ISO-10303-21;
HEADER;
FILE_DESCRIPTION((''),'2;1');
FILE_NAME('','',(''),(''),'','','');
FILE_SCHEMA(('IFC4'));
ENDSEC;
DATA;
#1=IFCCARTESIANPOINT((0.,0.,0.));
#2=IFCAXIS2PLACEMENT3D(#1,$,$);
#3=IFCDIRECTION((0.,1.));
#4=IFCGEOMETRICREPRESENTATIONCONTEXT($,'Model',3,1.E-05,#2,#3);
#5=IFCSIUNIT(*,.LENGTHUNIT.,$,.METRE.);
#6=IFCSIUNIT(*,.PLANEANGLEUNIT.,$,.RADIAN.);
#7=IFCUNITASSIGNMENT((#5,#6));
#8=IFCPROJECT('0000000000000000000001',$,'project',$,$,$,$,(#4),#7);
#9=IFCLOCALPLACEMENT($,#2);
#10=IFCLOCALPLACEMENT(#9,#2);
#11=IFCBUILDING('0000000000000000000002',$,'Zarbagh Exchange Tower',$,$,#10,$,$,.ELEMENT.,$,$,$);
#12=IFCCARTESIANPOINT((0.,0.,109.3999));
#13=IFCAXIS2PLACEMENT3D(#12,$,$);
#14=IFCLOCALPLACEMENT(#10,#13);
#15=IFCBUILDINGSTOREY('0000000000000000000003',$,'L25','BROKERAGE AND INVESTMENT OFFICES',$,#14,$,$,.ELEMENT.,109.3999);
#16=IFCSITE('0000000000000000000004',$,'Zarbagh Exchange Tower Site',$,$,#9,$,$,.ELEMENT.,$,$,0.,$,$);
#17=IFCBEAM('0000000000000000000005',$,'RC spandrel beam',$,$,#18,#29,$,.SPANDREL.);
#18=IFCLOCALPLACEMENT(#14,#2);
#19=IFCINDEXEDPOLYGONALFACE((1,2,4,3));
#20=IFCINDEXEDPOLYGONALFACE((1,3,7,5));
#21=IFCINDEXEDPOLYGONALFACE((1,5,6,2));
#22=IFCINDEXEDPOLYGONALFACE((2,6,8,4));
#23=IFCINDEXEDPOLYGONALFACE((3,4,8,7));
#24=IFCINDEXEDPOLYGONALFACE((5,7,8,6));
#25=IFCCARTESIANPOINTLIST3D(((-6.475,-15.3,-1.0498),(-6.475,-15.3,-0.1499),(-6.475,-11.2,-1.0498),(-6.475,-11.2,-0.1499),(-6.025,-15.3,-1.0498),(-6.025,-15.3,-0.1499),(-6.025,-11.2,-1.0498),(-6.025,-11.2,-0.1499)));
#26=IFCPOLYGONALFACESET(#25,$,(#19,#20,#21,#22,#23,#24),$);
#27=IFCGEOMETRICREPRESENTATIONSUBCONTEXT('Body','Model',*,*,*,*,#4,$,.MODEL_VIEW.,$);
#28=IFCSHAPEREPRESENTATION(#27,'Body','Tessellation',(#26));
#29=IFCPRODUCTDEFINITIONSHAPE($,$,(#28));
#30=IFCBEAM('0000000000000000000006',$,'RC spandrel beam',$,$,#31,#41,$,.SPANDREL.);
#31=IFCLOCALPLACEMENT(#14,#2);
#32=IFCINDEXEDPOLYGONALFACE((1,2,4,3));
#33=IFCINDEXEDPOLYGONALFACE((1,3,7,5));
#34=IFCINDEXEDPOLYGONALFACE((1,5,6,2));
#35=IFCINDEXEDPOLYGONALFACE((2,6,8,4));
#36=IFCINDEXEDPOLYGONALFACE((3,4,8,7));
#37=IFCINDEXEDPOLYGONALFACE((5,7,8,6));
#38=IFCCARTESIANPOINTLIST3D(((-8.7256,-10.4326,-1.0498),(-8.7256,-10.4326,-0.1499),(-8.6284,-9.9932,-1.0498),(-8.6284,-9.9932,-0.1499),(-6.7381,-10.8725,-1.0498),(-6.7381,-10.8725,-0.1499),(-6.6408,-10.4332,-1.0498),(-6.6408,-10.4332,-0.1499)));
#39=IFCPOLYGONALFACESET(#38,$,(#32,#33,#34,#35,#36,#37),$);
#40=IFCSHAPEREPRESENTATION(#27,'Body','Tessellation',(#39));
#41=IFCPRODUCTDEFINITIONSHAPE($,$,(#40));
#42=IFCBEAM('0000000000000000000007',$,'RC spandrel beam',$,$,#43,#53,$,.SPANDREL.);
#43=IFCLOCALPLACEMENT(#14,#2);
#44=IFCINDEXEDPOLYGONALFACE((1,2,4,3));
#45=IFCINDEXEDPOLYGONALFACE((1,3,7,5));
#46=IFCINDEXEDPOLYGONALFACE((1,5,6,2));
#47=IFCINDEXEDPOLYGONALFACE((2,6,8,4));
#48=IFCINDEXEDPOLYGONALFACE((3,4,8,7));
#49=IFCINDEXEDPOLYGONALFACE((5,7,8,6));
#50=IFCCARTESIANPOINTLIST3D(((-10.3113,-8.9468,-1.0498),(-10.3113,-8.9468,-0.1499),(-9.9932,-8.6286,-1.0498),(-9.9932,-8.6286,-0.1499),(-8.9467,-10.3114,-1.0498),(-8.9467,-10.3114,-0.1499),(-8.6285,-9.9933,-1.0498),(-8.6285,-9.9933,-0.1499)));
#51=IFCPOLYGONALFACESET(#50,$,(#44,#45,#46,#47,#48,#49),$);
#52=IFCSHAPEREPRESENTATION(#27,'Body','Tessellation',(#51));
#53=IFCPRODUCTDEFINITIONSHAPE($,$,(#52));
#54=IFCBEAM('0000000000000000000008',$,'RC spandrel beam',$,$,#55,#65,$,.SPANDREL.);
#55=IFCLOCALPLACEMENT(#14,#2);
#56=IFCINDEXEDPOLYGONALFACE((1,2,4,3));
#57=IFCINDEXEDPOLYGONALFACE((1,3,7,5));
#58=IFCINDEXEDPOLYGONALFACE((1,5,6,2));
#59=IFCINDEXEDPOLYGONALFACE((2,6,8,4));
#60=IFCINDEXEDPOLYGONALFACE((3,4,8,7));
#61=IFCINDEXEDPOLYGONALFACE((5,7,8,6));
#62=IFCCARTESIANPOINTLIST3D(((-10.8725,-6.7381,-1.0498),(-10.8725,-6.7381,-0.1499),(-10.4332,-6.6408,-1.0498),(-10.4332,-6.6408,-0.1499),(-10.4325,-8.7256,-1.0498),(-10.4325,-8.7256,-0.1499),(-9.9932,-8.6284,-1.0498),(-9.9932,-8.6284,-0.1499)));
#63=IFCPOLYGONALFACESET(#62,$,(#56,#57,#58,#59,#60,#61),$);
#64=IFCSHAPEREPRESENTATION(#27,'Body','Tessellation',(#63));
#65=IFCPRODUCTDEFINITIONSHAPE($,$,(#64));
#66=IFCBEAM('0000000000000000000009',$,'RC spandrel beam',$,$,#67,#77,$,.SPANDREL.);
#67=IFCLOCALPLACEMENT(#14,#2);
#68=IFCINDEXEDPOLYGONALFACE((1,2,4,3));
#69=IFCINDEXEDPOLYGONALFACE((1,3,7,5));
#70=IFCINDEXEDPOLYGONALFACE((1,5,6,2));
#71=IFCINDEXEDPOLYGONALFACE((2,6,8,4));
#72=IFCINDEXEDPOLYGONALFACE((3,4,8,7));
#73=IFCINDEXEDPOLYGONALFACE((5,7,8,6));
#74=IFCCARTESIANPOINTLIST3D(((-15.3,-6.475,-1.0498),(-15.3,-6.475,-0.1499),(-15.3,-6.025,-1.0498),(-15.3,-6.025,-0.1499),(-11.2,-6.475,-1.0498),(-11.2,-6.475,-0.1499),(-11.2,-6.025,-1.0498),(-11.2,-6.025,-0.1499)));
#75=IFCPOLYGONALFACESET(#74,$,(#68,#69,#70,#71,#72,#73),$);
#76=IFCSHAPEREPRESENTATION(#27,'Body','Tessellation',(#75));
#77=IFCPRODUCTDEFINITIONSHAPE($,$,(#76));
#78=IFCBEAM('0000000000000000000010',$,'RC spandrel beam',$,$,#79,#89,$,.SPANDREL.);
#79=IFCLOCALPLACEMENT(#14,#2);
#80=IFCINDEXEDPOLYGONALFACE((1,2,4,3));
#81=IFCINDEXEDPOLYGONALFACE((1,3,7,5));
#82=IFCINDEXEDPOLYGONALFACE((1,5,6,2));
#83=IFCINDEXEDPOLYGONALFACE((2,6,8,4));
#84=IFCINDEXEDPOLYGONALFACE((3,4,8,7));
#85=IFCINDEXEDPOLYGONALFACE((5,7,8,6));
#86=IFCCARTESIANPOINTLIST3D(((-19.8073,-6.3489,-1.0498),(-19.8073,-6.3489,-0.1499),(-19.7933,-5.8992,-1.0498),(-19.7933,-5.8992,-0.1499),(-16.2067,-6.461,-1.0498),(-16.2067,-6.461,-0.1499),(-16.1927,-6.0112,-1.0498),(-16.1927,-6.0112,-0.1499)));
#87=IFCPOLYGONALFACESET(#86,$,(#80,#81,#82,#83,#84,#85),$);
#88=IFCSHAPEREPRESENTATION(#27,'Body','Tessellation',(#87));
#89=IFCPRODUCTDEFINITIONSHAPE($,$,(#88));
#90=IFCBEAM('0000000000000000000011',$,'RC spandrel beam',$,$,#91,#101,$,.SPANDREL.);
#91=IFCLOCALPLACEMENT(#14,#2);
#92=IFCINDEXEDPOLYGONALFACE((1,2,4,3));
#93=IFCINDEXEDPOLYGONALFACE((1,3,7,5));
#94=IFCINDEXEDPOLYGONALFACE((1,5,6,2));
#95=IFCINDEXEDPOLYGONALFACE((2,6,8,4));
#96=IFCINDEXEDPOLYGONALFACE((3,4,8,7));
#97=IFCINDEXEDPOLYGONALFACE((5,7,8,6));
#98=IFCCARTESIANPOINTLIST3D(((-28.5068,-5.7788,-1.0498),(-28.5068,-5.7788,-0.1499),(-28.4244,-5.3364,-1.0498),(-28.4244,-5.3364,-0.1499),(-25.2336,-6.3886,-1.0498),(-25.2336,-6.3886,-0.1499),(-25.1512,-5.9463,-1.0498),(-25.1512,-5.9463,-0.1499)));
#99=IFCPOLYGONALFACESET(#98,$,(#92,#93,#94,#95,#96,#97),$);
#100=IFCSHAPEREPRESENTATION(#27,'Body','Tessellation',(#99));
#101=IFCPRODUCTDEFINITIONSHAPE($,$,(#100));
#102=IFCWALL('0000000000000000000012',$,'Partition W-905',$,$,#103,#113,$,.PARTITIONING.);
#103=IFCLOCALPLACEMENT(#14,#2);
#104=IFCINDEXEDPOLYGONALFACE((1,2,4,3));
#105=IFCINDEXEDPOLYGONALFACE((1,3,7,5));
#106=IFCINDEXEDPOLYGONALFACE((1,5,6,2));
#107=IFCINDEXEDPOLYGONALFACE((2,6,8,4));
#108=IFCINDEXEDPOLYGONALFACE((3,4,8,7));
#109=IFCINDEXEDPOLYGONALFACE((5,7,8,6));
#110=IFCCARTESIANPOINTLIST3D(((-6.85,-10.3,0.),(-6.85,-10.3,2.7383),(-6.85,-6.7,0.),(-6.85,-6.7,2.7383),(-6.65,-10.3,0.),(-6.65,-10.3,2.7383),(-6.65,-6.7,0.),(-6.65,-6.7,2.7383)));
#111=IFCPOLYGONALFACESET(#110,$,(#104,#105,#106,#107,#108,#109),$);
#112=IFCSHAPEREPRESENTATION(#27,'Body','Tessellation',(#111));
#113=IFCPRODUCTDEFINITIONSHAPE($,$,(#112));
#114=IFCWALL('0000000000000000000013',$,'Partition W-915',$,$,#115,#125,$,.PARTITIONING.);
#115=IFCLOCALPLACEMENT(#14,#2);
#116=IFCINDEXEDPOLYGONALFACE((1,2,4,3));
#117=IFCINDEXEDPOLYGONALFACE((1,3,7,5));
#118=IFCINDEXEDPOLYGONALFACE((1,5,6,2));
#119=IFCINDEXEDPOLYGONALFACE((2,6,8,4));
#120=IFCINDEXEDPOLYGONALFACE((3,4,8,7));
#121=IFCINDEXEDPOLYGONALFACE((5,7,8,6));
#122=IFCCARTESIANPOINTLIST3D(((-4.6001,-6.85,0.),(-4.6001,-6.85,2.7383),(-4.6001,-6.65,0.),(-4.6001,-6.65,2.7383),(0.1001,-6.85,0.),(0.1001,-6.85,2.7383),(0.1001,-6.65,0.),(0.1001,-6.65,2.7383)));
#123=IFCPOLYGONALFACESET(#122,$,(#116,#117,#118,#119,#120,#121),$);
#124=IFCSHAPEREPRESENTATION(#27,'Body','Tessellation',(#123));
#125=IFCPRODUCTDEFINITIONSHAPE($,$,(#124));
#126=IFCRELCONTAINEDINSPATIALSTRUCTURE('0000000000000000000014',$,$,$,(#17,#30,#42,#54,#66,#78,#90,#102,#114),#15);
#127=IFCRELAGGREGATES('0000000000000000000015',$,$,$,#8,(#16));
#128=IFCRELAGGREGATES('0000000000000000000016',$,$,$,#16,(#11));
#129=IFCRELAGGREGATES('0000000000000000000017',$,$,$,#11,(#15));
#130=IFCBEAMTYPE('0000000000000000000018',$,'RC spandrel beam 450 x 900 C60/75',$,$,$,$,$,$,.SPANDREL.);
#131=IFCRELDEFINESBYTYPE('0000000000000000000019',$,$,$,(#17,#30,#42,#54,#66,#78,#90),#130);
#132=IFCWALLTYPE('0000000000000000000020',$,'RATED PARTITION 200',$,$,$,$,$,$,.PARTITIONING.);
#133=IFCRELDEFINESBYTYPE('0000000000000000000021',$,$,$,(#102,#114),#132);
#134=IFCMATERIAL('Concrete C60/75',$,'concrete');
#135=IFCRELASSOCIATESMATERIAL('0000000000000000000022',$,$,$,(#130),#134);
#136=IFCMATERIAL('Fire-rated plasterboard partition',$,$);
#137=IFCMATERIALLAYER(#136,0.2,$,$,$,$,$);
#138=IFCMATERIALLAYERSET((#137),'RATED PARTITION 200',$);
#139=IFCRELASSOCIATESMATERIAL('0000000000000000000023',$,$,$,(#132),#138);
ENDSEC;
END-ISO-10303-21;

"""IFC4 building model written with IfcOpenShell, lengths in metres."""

from ifc_helpers import new_model, si_unit, direction, frame, frame_2d, origin, origin_2d, place, context, subcontext, project, spatial, rectangle, extrude, material, layer, layer_set, material_profile, profile_set, type_object, element, save


model = new_model("IFC4")

# Units and contexts
model_context = context("Model", 3, precision=1e-05, world=origin(), true_north=direction((0.0, 1.0)))
body_context = subcontext(model_context, "Body", "Model", "MODEL_VIEW")
ifc_project = project(units=[si_unit("LENGTHUNIT", "METRE"), si_unit("PLANEANGLEUNIT", "RADIAN")], contexts=[model_context])

# Site, building, storey
site_placement = place(None, origin())
site = spatial("IfcSite", under=ifc_project, at=site_placement, Name="Zarbagh Exchange Tower Site", CompositionType="ELEMENT", RefElevation=0.0)
building_placement = place(site_placement, origin())
building = spatial("IfcBuilding", under=site, at=building_placement, Name="Zarbagh Exchange Tower", CompositionType="ELEMENT")
storey_placement = place(building_placement, frame((0.0, 0.0, 109.3999)))
storey = spatial("IfcBuildingStorey", under=building, at=storey_placement, Name="L25", Description="BROKERAGE AND INVESTMENT OFFICES", CompositionType="ELEMENT", Elevation=109.3999)

# Shared definitions
ifc_material_1 = material(Name="Concrete C60/75", Category="concrete")

# Beams
ifc_material_profile_1 = material_profile(ifc_material_1, rectangle(XDim=0.45, YDim=0.8999, at=origin_2d()), Name="RC spandrel beam 450 x 900 C60/75")
ifc_profile_set_1 = profile_set([ifc_material_profile_1], Name="Concrete C60/75")
beam_type_1 = type_object("IfcBeamType", Name="RC spandrel beam 450 x 900 C60/75", PredefinedType="SPANDREL", material=ifc_profile_set_1)
beam_1_placement = place(storey_placement, frame((-6.25, -15.3, -0.5999), z_axis=(0.0, 1.0, 0.0), x_axis=(-1.0, 0.0, 0.0)))
element("IfcBeam", 1, at=beam_1_placement, inside=storey, type_object=beam_type_1, Name="RC spandrel beam", PredefinedType="SPANDREL", context=body_context, shape_type="SweptSolid", body=[
    extrude(rectangle(XDim=0.45, YDim=0.8999, at=origin_2d()), origin(), (0.0, 0.0, 1.0), 4.1001),
])
beam_2_placement = place(storey_placement, frame((-6.6895, -10.6528, -0.5999), z_axis=(-0.976367, 0.216118, 0.0), x_axis=(-0.216118, -0.976367, 0.0)))
element("IfcBeam", 2, at=beam_2_placement, inside=storey, type_object=beam_type_1, Name="RC spandrel beam", PredefinedType="SPANDREL", context=body_context, shape_type="SweptSolid", body=[
    extrude(rectangle(XDim=0.45, YDim=0.8999, at=origin_2d()), origin(), (0.0, 0.0, 1.0), 2.0356),
])
beam_3_placement = place(storey_placement, frame((-8.7876, -10.1523, -0.5999), z_axis=(-0.707107, 0.707107, 0.0), x_axis=(-0.707107, -0.707107, 0.0)))
element("IfcBeam", 3, at=beam_3_placement, inside=storey, type_object=beam_type_1, Name="RC spandrel beam", PredefinedType="SPANDREL", context=body_context, shape_type="SweptSolid", body=[
    extrude(rectangle(XDim=0.45, YDim=0.8999, at=origin_2d()), origin(), (0.0, 0.0, 1.0), 1.9299),
])
beam_4_placement = place(storey_placement, frame((-10.2129, -8.677, -0.5999), z_axis=(-0.216118, 0.976367, 0.0), x_axis=(-0.976367, -0.216118, 0.0)))
element("IfcBeam", 4, at=beam_4_placement, inside=storey, type_object=beam_type_1, Name="RC spandrel beam", PredefinedType="SPANDREL", context=body_context, shape_type="SweptSolid", body=[
    extrude(rectangle(XDim=0.45, YDim=0.8999, at=origin_2d()), origin(), (0.0, 0.0, 1.0), 2.0356),
])
beam_5_placement = place(storey_placement, frame((-11.2, -6.25, -0.5999), z_axis=(-1.0, 0.0, 0.0), x_axis=(0.0, -1.0, 0.0)))
element("IfcBeam", 5, at=beam_5_placement, inside=storey, type_object=beam_type_1, Name="RC spandrel beam", PredefinedType="SPANDREL", context=body_context, shape_type="SweptSolid", body=[
    extrude(rectangle(XDim=0.45, YDim=0.8999, at=origin_2d()), origin(), (0.0, 0.0, 1.0), 4.1001),
])
beam_6_placement = place(storey_placement, frame((-16.1997, -6.2361, -0.5999), z_axis=(-0.999516, 0.031108, 0.0), x_axis=(-0.031108, -0.999516, 0.0)))
element("IfcBeam", 6, at=beam_6_placement, inside=storey, type_object=beam_type_1, Name="RC spandrel beam", PredefinedType="SPANDREL", context=body_context, shape_type="SweptSolid", body=[
    extrude(rectangle(XDim=0.45, YDim=0.8999, at=origin_2d()), origin(), (0.0, 0.0, 1.0), 3.6023),
])
beam_7_placement = place(storey_placement, frame((-25.1924, -6.1675, -0.5999), z_axis=(-0.983082, 0.183168, 0.0), x_axis=(-0.183168, -0.983082, 0.0)))
element("IfcBeam", 7, at=beam_7_placement, inside=storey, type_object=beam_type_1, Name="RC spandrel beam", PredefinedType="SPANDREL", context=body_context, shape_type="SweptSolid", body=[
    extrude(rectangle(XDim=0.45, YDim=0.8999, at=origin_2d()), origin(), (0.0, 0.0, 1.0), 3.3296),
])

# Walls
ifc_material_2 = material(Name="Fire-rated plasterboard partition")
ifc_layer = layer(ifc_material_2, 0.2)
ifc_layer_set = layer_set([ifc_layer], Name="RATED PARTITION 200")
wall_type = type_object("IfcWallType", Name="RATED PARTITION 200", PredefinedType="PARTITIONING", material=ifc_layer_set)
wall_1_placement = place(storey_placement, frame((-6.75, -10.3, 0.0), z_axis=(0.0, 0.0, 1.0), x_axis=(0.0, 1.0, 0.0)))
element("IfcWall", 8, at=wall_1_placement, inside=storey, type_object=wall_type, Name="Partition W-905", PredefinedType="PARTITIONING", context=body_context, shape_type="SweptSolid", body=[
    extrude(rectangle(XDim=3.6001, YDim=0.2, at=frame_2d((1.8, 0.0))), origin(), (0.0, 0.0, 1.0), 2.7383),
])
wall_2_placement = place(storey_placement, frame((-4.6001, -6.75, 0.0), z_axis=(0.0, 0.0, 1.0), x_axis=(1.0, 0.0, 0.0)))
element("IfcWall", 9, at=wall_2_placement, inside=storey, type_object=wall_type, Name="Partition W-915", PredefinedType="PARTITIONING", context=body_context, shape_type="SweptSolid", body=[
    extrude(rectangle(XDim=4.7002, YDim=0.2, at=frame_2d((2.3501, 0.0))), origin(), (0.0, 0.0, 1.0), 2.7383),
])

save(model, "model.ifc")
